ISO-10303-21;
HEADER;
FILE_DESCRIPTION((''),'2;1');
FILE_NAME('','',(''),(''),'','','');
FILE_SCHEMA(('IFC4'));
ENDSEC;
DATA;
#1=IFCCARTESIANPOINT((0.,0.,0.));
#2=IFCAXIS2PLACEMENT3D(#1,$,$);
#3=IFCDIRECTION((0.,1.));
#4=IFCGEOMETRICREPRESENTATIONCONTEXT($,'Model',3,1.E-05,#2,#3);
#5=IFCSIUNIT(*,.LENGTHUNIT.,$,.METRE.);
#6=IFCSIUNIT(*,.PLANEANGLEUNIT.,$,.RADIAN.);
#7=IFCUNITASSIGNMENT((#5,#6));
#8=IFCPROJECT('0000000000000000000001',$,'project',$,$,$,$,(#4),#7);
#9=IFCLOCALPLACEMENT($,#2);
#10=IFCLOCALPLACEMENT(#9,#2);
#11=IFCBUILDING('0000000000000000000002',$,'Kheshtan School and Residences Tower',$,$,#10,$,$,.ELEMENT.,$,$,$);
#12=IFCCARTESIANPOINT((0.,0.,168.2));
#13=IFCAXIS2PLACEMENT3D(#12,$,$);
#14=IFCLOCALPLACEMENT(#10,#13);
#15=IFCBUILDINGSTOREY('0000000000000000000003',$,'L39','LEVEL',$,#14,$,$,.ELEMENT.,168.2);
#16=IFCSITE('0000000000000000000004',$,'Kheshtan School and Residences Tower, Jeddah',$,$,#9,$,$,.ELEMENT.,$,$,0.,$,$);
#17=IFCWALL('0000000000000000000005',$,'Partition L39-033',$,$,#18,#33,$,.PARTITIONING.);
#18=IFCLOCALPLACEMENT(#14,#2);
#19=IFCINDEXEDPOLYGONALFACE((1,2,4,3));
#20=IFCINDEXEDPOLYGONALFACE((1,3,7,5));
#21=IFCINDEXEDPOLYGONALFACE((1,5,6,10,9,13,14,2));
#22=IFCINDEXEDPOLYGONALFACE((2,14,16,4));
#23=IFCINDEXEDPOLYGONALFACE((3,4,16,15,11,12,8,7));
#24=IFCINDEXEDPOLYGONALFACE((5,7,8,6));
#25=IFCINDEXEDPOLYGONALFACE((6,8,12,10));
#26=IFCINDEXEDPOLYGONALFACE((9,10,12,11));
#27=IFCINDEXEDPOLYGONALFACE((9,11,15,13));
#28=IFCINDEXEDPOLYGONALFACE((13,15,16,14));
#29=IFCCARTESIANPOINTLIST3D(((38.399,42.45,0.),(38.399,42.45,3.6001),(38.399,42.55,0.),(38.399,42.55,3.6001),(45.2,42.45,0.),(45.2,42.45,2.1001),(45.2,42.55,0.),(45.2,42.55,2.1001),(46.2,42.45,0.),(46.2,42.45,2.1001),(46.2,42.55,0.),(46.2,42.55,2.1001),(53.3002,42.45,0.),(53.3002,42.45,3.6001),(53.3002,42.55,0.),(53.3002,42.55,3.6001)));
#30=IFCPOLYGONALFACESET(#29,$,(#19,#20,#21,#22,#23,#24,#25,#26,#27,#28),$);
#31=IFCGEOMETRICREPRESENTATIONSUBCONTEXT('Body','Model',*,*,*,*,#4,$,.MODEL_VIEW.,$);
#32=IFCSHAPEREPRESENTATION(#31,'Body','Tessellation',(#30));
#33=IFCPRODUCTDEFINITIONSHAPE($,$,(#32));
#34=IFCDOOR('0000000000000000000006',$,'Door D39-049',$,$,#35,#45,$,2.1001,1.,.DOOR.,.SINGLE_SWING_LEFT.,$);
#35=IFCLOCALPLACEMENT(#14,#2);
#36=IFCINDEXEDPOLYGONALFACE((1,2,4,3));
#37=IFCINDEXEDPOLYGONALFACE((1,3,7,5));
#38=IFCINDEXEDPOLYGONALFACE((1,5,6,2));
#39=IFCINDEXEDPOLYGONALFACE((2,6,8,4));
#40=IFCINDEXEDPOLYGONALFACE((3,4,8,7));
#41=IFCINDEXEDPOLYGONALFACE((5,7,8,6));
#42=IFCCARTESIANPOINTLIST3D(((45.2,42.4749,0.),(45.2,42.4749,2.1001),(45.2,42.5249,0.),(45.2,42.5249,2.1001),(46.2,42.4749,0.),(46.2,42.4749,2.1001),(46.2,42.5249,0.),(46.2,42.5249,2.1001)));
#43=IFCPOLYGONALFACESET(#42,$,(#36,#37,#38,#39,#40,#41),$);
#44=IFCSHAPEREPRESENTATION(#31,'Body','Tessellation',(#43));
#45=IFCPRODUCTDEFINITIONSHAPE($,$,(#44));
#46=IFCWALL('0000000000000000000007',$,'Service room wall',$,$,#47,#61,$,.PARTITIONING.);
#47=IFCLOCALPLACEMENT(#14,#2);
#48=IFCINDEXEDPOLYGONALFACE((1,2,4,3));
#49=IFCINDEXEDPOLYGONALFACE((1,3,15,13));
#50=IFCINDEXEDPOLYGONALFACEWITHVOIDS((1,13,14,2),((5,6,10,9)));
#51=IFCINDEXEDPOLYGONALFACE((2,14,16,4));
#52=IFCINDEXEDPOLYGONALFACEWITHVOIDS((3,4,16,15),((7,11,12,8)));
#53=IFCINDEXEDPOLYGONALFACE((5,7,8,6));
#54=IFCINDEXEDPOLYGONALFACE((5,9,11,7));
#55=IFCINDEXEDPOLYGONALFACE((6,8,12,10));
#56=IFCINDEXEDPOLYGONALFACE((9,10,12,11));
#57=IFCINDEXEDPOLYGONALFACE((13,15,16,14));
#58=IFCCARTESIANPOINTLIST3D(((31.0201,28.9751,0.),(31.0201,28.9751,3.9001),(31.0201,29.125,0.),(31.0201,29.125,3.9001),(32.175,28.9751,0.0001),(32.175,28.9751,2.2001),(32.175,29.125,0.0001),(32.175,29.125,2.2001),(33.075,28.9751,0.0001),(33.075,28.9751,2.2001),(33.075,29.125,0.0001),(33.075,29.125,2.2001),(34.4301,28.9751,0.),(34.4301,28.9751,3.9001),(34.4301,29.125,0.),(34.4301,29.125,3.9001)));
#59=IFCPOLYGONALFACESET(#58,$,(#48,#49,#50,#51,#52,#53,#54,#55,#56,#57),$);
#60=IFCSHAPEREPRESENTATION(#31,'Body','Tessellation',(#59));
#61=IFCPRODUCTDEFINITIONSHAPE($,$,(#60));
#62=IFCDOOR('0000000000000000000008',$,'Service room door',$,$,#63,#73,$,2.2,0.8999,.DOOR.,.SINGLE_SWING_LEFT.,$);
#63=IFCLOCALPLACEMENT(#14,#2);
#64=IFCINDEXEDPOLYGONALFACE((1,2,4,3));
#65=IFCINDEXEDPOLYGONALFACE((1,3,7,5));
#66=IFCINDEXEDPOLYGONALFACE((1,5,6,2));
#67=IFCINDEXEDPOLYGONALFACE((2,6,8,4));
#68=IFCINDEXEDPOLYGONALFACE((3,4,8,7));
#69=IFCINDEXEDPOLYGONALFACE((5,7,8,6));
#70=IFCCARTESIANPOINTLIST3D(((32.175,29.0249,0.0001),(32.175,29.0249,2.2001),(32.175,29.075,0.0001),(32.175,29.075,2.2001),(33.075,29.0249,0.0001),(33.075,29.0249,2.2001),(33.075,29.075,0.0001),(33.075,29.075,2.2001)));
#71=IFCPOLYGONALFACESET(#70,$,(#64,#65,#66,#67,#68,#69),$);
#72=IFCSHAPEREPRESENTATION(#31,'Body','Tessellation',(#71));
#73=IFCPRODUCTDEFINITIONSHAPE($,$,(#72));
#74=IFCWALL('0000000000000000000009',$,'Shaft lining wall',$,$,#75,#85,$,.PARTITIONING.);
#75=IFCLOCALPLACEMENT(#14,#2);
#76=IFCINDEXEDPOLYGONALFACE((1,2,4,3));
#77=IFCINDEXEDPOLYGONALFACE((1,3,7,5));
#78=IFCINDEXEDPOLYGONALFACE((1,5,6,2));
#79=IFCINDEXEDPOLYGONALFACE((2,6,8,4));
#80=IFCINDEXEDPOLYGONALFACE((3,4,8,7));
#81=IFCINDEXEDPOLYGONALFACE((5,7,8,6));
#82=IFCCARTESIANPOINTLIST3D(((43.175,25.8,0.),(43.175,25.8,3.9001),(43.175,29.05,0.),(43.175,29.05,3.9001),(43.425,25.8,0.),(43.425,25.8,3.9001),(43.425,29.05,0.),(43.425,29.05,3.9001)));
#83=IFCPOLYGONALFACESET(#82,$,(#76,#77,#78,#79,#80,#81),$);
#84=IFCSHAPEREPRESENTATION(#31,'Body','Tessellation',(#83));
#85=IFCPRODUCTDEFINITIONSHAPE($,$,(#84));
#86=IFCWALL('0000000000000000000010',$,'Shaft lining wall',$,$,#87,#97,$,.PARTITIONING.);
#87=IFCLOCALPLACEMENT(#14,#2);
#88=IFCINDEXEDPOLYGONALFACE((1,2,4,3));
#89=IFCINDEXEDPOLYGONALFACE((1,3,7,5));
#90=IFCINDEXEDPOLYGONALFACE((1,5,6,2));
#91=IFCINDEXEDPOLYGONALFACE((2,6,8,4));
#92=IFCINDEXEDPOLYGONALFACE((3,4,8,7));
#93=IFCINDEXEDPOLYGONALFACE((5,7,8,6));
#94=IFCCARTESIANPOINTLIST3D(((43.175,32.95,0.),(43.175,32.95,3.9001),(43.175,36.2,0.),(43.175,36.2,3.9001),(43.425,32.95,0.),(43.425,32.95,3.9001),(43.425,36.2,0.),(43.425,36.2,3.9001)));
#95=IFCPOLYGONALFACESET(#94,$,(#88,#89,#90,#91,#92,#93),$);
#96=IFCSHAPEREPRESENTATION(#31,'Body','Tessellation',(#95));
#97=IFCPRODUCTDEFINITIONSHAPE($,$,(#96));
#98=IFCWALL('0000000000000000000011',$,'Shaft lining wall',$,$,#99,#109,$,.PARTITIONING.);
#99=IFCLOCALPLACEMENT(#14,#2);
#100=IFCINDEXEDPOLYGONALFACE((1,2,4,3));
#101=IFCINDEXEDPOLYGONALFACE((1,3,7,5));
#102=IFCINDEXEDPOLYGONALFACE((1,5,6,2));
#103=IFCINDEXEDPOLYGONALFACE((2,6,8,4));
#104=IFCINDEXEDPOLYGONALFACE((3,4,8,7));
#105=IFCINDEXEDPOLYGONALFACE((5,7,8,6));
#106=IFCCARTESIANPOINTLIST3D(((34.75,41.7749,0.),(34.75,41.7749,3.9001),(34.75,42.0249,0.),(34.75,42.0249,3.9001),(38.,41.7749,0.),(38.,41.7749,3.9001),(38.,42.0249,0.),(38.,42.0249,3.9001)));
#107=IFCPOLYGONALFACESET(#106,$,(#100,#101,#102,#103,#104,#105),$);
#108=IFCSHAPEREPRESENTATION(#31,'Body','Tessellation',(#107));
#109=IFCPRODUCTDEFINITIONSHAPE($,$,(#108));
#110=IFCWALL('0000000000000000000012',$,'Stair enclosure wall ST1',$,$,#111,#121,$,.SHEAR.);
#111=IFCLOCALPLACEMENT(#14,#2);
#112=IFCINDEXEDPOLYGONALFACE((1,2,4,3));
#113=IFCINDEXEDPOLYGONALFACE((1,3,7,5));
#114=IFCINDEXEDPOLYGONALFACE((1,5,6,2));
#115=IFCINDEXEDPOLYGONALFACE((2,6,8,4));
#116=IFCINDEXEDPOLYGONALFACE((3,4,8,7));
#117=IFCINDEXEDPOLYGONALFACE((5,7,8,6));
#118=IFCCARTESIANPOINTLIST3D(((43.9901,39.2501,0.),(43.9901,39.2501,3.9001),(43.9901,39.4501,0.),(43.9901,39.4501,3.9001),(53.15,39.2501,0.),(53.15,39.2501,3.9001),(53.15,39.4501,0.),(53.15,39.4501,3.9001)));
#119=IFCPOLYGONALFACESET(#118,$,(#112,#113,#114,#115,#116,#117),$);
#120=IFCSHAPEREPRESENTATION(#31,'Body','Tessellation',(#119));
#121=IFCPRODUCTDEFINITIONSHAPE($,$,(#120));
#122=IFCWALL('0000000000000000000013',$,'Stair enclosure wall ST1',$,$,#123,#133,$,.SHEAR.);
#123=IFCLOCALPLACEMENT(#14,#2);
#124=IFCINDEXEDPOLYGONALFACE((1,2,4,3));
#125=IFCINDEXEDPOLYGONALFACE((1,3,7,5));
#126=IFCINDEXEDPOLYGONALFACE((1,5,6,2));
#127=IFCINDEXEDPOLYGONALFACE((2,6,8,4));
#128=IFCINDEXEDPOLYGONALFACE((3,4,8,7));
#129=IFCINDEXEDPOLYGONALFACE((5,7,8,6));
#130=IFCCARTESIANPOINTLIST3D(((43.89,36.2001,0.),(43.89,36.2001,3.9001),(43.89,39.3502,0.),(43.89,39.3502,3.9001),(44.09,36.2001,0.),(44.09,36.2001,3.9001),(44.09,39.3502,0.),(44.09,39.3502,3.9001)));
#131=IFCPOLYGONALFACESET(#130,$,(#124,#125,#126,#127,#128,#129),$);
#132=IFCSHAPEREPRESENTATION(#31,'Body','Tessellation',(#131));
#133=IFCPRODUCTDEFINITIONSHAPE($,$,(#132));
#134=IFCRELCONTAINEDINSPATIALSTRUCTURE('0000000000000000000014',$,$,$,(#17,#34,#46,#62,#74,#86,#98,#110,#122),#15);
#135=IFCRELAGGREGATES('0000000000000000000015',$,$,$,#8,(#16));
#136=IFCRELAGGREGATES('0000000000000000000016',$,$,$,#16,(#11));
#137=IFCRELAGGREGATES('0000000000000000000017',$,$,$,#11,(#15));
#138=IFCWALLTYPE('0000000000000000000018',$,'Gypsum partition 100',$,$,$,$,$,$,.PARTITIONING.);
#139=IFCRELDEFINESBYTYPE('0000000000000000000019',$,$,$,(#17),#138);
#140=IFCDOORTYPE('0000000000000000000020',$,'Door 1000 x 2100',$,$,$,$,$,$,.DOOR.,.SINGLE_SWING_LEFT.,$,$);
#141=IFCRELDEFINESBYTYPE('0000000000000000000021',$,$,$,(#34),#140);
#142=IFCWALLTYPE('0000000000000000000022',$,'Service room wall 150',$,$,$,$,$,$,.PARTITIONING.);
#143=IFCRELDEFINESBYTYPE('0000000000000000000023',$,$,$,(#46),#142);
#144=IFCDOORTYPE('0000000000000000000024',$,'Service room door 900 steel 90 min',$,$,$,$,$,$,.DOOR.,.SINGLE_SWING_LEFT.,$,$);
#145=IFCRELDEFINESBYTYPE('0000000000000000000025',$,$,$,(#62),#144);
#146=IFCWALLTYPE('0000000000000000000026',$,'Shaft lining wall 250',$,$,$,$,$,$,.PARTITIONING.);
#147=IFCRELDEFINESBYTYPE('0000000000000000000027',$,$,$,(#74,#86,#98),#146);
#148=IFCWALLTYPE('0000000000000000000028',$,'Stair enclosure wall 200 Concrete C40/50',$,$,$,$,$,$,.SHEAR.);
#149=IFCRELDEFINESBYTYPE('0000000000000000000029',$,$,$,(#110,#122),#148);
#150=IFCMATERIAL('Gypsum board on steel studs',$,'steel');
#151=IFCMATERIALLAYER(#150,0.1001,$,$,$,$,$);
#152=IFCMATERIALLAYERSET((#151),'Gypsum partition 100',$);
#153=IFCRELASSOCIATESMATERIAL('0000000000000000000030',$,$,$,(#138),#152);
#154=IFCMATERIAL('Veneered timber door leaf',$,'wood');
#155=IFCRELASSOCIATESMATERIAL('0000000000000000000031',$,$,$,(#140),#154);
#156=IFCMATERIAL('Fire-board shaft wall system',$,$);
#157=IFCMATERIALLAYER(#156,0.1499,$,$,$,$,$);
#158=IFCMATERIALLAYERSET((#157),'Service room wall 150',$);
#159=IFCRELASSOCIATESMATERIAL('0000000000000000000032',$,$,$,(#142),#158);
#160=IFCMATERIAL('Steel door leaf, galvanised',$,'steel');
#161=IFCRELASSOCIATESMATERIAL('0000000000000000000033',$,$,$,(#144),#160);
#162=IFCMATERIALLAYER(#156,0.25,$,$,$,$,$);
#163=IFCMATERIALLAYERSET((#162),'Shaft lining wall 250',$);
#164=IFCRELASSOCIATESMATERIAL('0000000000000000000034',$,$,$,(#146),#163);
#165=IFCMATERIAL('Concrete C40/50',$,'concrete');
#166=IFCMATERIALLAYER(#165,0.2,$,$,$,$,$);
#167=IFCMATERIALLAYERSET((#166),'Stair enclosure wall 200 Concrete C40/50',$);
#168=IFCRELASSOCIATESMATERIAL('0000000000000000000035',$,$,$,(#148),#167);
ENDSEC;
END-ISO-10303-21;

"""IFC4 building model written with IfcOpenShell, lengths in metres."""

from ifc_helpers import new_model, si_unit, direction, frame, frame_2d, origin, place, context, subcontext, project, spatial, rectangle, extrude, source, transform, mapped, material, layer, layer_set, type_object, element, fill, save


model = new_model("IFC4")

# Units and contexts
model_context = context("Model", 3, precision=1e-05, world=origin(), true_north=direction((0.0, 1.0)))
body_context = subcontext(model_context, "Body", "Model", "MODEL_VIEW")
ifc_project = project(units=[si_unit("LENGTHUNIT", "METRE"), si_unit("PLANEANGLEUNIT", "RADIAN")], contexts=[model_context])

# Site, building, storey
site_placement = place(None, origin())
site = spatial("IfcSite", under=ifc_project, at=site_placement, Name="Kheshtan School and Residences Tower, Jeddah", CompositionType="ELEMENT", RefElevation=0.0)
building_placement = place(site_placement, origin())
building = spatial("IfcBuilding", under=site, at=building_placement, Name="Kheshtan School and Residences Tower", CompositionType="ELEMENT")
storey_placement = place(building_placement, frame((0.0, 0.0, 168.2)))
storey = spatial("IfcBuildingStorey", under=building, at=storey_placement, Name="L39", Description="LEVEL", CompositionType="ELEMENT", Elevation=168.2)

# Shared definitions
ifc_material_1 = material(Name="Steel door leaf, galvanised", Category="steel")

# Walls, openings, doors
ifc_material_2 = material(Name="Gypsum board on steel studs", Category="steel")
ifc_layer_1 = layer(ifc_material_2, 0.1001)
ifc_layer_set_1 = layer_set([ifc_layer_1], Name="Gypsum partition 100")
wall_type_1 = type_object("IfcWallType", Name="Gypsum partition 100", PredefinedType="PARTITIONING", material=ifc_layer_set_1)
wall_1_placement = place(storey_placement, frame((38.3989, 42.5, 0.0), z_axis=(0.0, 0.0, 1.0), x_axis=(1.0, 0.0, 0.0)))
wall_1 = element("IfcWall", 1, at=wall_1_placement, inside=storey, type_object=wall_type_1, Name="Partition L39-033", PredefinedType="PARTITIONING", context=body_context, shape_type="SweptSolid", body=[
    extrude(rectangle(XDim=14.9011, YDim=0.1001, at=frame_2d((7.4507, 0.0))), origin(), (0.0, 0.0, 1.0), 3.6001),
])
opening_1_placement = place(wall_1_placement, frame((6.801, 0.0, 0.0)))
opening_1 = element("IfcOpeningElement", 2, at=opening_1_placement, cuts=wall_1, PredefinedType="OPENING", context=body_context, shape_type="SweptSolid", body=[
    extrude(rectangle(XDim=1.0, YDim=2.1001, at=frame_2d((0.5, 1.05))), frame((0.0, 0.0601, 0.0), z_axis=(0.0, -1.0, 0.0), x_axis=(1.0, 0.0, 0.0)), (0.0, 0.0, 1.0), 0.1201),
])
ifc_material_3 = material(Name="Veneered timber door leaf", Category="wood")
door_type_1 = type_object("IfcDoorType", Name="Door 1000 x 2100", OperationType="SINGLE_SWING_LEFT", PredefinedType="DOOR", material=ifc_material_3)
shared_shape_1 = source(origin(), body_context, "Body", "SweptSolid", [
    extrude(rectangle(XDim=1.0, YDim=2.1001, at=frame_2d((0.5, 1.05))), frame((0.0, 0.0249, 0.0), z_axis=(0.0, -1.0, 0.0), x_axis=(1.0, 0.0, 0.0)), (0.0, 0.0, 1.0), 0.05),
])
door_1_placement = place(opening_1_placement, origin())
door_1 = element("IfcDoor", 3, at=door_1_placement, inside=storey, type_object=door_type_1, Name="Door D39-049", OperationType="SINGLE_SWING_LEFT", OverallHeight=2.1001, OverallWidth=1.0, PredefinedType="DOOR", context=body_context, shape_type="MappedRepresentation", body=[
    mapped(shared_shape_1, transform((0.0, 0.0, 0.0), x_axis=(1.0, 0.0, 0.0), y_axis=(0.0, 1.0, 0.0), z_axis=(0.0, 0.0, 1.0), scale=1.0)),
])
fill(opening_1, door_1)
ifc_material_4 = material(Name="Fire-board shaft wall system")
ifc_layer_2 = layer(ifc_material_4, 0.1499)
ifc_layer_set_2 = layer_set([ifc_layer_2], Name="Service room wall 150")
wall_type_2 = type_object("IfcWallType", Name="Service room wall 150", PredefinedType="PARTITIONING", material=ifc_layer_set_2)
wall_2_placement = place(storey_placement, frame((31.02, 29.05, 0.0), z_axis=(0.0, 0.0, 1.0), x_axis=(1.0, 0.0, 0.0)))
wall_2 = element("IfcWall", 4, at=wall_2_placement, inside=storey, type_object=wall_type_2, Name="Service room wall", PredefinedType="PARTITIONING", context=body_context, shape_type="SweptSolid", body=[
    extrude(rectangle(XDim=3.4099, YDim=0.1499, at=frame_2d((1.7051, 0.0))), origin(), (0.0, 0.0, 1.0), 3.9001),
])
opening_2_placement = place(wall_2_placement, frame((1.155, 0.0, 0.0)))
opening_2 = element("IfcOpeningElement", 5, at=opening_2_placement, cuts=wall_2, PredefinedType="OPENING", context=body_context, shape_type="SweptSolid", body=[
    extrude(rectangle(XDim=0.8999, YDim=2.2, at=frame_2d((0.45, 1.1001))), frame((0.0, 0.085, 0.0), z_axis=(0.0, -1.0, 0.0), x_axis=(1.0, 0.0, 0.0)), (0.0, 0.0, 1.0), 0.1699),
])
door_type_2 = type_object("IfcDoorType", Name="Service room door 900 steel 90 min", OperationType="SINGLE_SWING_LEFT", PredefinedType="DOOR", material=ifc_material_1)
shared_shape_2 = source(origin(), body_context, "Body", "SweptSolid", [
    extrude(rectangle(XDim=0.8999, YDim=2.2, at=frame_2d((0.45, 1.1001))), frame((0.0, 0.0249, 0.0), z_axis=(0.0, -1.0, 0.0), x_axis=(1.0, 0.0, 0.0)), (0.0, 0.0, 1.0), 0.05),
])
door_2_placement = place(opening_2_placement, origin())
door_2 = element("IfcDoor", 6, at=door_2_placement, inside=storey, type_object=door_type_2, Name="Service room door", OperationType="SINGLE_SWING_LEFT", OverallHeight=2.2, OverallWidth=0.8999, PredefinedType="DOOR", context=body_context, shape_type="MappedRepresentation", body=[
    mapped(shared_shape_2, transform((0.0, 0.0, 0.0), x_axis=(1.0, 0.0, 0.0), y_axis=(0.0, 1.0, 0.0), z_axis=(0.0, 0.0, 1.0), scale=1.0)),
])
fill(opening_2, door_2)

# Walls
ifc_layer_3 = layer(ifc_material_4, 0.25)
ifc_layer_set_3 = layer_set([ifc_layer_3], Name="Shaft lining wall 250")
wall_type_3 = type_object("IfcWallType", Name="Shaft lining wall 250", PredefinedType="PARTITIONING", material=ifc_layer_set_3)
for number, where, z_axis, x_axis, name in (
    (7, (43.3, 25.8, 0.0), (0.0, 0.0, 1.0), (0.0, 1.0, 0.0), "Shaft lining wall"),
    (8, (43.3, 32.95, 0.0), (0.0, 0.0, 1.0), (0.0, 1.0, 0.0), "Shaft lining wall"),
    (9, (34.75, 41.8999, 0.0), (0.0, 0.0, 1.0), (1.0, 0.0, 0.0), "Shaft lining wall"),
):
    element("IfcWall", number, at=place(storey_placement, frame(where, z_axis=z_axis, x_axis=x_axis)), inside=storey, type_object=wall_type_3, Name=name, PredefinedType="PARTITIONING", context=body_context, shape_type="SweptSolid", body=[
        extrude(rectangle(XDim=3.25, YDim=0.25, at=frame_2d((1.625, 0.0))), origin(), (0.0, 0.0, 1.0), 3.9001),
    ])
ifc_material_5 = material(Name="Concrete C40/50", Category="concrete")
ifc_layer_4 = layer(ifc_material_5, 0.2)
ifc_layer_set_4 = layer_set([ifc_layer_4], Name="Stair enclosure wall 200 Concrete C40/50")
wall_type_4 = type_object("IfcWallType", Name="Stair enclosure wall 200 Concrete C40/50", PredefinedType="SHEAR", material=ifc_layer_set_4)
wall_3_placement = place(storey_placement, frame((43.99, 39.3501, 0.0), z_axis=(0.0, 0.0, 1.0), x_axis=(1.0, 0.0, 0.0)))
element("IfcWall", 10, at=wall_3_placement, inside=storey, type_object=wall_type_4, Name="Stair enclosure wall ST1", PredefinedType="SHEAR", context=body_context, shape_type="SweptSolid", body=[
    extrude(rectangle(XDim=9.1599, YDim=0.2, at=frame_2d((4.5801, 0.0))), origin(), (0.0, 0.0, 1.0), 3.9001),
])
wall_4_placement = place(storey_placement, frame((43.99, 36.2, 0.0), z_axis=(0.0, 0.0, 1.0), x_axis=(0.0, 1.0, 0.0)))
element("IfcWall", 11, at=wall_4_placement, inside=storey, type_object=wall_type_4, Name="Stair enclosure wall ST1", PredefinedType="SHEAR", context=body_context, shape_type="SweptSolid", body=[
    extrude(rectangle(XDim=3.1501, YDim=0.2, at=frame_2d((1.5752, 0.0))), origin(), (0.0, 0.0, 1.0), 3.9001),
])

save(model, "model.ifc")
